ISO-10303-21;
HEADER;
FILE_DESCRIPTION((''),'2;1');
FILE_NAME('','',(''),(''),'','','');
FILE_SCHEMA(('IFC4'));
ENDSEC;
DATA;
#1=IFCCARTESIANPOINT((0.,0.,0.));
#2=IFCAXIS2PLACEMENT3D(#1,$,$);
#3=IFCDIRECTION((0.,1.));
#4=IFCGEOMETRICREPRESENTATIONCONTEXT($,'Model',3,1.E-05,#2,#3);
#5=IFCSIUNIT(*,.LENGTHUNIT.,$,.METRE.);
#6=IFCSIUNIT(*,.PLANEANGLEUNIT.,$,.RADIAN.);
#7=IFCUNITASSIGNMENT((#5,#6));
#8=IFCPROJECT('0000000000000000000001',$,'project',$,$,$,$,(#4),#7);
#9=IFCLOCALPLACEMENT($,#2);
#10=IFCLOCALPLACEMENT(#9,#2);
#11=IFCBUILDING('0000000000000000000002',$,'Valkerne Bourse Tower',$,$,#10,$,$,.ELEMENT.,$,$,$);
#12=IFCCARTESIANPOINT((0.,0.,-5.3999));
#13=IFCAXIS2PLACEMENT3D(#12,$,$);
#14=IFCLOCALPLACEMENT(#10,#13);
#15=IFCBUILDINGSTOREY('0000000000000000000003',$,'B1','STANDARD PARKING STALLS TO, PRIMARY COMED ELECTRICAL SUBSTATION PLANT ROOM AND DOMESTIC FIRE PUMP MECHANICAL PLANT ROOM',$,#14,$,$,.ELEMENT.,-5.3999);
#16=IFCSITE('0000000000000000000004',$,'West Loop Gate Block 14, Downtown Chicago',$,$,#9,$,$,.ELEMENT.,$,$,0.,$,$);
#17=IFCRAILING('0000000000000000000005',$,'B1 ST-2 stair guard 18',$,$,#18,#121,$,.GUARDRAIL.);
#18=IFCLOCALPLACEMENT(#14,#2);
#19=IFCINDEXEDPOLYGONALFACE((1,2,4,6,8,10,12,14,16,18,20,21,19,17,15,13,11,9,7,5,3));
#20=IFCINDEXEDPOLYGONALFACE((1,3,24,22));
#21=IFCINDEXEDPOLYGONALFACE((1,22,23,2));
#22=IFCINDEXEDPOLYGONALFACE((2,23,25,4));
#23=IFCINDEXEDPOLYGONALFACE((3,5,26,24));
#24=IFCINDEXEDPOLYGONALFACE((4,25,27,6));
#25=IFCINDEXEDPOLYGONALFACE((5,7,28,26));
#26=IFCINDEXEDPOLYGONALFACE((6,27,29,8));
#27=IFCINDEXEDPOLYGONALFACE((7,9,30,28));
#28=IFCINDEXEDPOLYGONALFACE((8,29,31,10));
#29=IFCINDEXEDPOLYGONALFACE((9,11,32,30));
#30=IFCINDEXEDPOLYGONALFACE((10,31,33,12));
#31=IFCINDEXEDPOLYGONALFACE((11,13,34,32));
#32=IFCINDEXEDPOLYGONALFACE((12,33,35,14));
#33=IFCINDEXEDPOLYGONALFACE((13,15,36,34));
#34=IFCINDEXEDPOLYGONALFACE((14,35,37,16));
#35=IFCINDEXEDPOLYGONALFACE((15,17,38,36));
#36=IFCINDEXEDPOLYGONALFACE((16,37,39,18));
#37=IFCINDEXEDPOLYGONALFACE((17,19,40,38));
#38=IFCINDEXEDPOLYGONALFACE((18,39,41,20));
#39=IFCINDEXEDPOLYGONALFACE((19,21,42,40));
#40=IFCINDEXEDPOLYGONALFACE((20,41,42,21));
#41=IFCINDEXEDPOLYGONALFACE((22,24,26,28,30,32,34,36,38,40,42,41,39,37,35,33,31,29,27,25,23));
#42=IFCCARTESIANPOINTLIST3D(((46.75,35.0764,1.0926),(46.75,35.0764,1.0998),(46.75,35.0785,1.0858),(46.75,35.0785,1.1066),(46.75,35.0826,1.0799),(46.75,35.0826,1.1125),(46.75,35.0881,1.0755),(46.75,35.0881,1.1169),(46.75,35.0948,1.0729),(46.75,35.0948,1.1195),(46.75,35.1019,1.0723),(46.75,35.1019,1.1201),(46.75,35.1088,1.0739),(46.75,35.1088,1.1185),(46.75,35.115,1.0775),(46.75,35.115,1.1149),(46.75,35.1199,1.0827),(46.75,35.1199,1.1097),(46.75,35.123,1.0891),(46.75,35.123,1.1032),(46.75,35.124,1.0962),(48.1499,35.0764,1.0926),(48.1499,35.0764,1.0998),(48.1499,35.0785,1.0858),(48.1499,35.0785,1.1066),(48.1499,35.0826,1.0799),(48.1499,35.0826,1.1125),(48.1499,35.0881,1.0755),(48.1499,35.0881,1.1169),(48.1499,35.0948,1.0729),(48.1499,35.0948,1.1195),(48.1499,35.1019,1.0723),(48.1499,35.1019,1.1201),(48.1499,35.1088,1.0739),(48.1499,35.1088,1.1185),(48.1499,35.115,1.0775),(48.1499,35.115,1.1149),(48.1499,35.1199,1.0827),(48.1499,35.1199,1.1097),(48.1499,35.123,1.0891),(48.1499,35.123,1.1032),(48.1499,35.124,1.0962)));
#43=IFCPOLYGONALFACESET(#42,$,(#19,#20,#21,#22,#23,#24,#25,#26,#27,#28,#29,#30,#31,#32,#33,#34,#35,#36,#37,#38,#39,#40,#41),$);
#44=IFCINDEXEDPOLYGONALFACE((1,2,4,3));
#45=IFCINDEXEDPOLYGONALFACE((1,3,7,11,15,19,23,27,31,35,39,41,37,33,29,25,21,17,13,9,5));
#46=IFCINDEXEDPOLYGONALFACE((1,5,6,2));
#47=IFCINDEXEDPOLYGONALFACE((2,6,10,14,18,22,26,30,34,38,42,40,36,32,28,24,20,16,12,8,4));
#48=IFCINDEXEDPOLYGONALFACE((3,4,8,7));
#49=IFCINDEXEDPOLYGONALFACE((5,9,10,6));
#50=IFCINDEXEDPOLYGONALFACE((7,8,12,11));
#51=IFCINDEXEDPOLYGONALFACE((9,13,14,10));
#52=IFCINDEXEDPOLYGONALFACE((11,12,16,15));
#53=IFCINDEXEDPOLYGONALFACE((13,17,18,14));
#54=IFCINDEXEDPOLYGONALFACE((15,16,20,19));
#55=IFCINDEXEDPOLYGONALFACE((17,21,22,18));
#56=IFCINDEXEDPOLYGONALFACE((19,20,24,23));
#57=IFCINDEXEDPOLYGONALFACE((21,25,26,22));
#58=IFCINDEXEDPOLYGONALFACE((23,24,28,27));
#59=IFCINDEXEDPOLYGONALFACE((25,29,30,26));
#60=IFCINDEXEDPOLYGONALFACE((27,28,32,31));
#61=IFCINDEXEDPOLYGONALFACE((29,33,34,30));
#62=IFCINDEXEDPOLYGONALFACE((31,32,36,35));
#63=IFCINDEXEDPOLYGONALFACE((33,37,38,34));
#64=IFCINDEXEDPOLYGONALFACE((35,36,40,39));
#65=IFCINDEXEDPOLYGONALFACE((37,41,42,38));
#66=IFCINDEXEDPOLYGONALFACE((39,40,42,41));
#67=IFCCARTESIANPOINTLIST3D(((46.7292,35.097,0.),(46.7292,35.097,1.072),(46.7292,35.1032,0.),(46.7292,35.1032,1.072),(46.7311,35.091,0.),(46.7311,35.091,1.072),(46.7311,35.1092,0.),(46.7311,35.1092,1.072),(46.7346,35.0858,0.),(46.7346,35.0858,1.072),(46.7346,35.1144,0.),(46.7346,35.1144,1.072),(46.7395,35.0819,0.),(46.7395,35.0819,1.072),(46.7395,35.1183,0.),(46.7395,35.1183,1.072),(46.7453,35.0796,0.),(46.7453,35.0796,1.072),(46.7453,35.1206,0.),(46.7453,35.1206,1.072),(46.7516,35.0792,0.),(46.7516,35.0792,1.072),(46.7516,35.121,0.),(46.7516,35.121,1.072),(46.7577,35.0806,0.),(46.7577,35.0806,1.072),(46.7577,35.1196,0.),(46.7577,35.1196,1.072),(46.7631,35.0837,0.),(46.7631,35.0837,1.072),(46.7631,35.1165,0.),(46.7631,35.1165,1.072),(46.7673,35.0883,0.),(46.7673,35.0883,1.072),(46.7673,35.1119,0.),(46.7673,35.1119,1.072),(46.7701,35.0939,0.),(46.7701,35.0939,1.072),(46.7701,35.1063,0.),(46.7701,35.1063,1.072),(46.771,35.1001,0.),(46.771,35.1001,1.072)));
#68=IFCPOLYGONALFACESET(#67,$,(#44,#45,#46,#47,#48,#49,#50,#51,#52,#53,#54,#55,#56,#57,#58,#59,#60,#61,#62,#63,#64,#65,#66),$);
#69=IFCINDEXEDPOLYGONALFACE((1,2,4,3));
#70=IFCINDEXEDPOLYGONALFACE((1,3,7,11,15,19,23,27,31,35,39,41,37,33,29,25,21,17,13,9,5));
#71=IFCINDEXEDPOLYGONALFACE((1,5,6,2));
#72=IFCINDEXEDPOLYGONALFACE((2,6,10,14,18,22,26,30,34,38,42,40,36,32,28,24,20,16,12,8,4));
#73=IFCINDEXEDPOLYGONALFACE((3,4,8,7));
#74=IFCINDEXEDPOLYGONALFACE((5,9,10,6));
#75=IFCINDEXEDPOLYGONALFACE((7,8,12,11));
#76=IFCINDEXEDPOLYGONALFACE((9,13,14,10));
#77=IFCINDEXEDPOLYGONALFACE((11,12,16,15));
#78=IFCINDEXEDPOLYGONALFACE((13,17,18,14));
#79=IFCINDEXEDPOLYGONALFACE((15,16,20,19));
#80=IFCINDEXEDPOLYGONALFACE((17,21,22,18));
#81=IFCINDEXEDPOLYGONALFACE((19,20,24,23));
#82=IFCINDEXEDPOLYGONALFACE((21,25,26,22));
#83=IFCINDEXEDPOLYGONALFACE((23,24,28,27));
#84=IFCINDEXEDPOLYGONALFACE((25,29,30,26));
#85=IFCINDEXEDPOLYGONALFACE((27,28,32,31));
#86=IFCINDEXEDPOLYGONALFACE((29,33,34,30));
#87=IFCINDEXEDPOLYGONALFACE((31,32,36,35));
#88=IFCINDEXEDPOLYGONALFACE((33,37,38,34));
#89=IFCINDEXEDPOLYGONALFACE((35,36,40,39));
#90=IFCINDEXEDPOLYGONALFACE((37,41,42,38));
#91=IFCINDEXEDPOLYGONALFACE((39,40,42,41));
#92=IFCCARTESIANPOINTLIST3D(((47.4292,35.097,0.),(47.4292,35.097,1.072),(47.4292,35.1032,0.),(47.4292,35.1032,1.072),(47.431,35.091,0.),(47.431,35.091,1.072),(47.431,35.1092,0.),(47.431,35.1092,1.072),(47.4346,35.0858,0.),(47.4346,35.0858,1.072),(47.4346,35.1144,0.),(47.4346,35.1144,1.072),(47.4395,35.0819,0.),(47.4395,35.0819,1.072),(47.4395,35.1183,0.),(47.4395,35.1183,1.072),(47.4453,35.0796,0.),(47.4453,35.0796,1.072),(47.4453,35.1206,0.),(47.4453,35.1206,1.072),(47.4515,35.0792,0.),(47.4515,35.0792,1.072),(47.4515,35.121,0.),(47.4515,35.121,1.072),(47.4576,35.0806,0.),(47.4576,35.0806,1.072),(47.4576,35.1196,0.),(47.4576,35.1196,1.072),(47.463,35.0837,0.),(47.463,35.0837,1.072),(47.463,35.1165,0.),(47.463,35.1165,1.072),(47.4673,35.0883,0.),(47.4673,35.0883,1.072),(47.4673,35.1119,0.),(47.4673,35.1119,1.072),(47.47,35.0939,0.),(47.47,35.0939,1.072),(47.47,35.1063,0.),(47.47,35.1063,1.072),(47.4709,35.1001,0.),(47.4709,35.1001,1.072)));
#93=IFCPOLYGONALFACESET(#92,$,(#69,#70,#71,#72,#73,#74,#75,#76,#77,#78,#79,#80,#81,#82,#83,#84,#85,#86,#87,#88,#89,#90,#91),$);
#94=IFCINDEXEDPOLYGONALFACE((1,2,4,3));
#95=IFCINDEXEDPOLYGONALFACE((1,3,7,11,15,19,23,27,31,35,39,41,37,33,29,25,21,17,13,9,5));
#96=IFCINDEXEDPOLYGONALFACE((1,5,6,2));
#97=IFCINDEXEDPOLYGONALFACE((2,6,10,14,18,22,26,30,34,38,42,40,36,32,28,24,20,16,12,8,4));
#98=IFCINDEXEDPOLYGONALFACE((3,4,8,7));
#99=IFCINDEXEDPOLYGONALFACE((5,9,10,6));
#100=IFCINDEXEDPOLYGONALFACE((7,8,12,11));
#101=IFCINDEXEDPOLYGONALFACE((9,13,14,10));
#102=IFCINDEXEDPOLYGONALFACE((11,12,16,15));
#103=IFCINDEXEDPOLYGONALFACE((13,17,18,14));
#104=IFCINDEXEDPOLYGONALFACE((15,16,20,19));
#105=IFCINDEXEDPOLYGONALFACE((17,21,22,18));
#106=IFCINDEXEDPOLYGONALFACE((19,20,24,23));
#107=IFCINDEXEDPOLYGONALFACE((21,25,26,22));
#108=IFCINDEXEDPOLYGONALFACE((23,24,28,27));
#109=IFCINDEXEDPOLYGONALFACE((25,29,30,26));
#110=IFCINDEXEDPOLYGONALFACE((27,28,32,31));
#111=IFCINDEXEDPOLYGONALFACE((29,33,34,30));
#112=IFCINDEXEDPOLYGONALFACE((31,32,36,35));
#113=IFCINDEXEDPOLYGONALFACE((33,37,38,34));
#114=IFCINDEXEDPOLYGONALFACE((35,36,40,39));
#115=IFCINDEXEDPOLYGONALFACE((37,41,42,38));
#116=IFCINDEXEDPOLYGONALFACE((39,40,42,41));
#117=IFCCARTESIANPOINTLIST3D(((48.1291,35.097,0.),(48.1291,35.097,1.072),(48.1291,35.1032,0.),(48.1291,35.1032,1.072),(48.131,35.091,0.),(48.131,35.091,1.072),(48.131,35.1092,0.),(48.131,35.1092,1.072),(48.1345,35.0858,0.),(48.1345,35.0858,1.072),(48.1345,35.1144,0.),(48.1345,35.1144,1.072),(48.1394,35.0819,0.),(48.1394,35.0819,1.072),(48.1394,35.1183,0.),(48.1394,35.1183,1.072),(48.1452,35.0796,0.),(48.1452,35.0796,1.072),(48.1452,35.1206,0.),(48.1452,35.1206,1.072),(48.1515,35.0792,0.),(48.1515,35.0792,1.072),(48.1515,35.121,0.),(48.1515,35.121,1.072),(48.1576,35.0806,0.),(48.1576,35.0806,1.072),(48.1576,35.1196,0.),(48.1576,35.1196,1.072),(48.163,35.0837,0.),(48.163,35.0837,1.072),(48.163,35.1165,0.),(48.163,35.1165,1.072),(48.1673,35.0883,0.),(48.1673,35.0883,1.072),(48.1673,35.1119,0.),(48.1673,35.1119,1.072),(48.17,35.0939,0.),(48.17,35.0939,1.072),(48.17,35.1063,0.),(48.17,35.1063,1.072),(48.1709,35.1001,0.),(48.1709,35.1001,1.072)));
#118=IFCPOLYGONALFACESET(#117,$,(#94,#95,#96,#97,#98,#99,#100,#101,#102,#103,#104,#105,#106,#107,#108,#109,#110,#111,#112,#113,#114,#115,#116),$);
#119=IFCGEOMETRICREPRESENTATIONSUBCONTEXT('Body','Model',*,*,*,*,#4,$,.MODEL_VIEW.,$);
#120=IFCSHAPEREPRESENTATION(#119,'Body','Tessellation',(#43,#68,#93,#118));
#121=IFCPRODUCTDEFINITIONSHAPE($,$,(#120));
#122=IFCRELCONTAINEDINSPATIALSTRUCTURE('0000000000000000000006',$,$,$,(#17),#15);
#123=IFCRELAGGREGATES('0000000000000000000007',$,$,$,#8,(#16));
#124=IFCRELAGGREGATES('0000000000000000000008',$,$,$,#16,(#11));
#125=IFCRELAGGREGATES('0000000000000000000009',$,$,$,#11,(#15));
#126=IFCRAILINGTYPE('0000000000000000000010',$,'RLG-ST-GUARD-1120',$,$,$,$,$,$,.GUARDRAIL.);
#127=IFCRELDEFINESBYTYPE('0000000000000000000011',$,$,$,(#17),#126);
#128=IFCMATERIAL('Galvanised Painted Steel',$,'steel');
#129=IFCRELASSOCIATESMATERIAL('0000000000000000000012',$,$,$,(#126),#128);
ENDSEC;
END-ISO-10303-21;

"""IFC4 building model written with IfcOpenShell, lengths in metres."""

from ifc_helpers import new_model, si_unit, direction, frame, origin, origin_2d, place, context, subcontext, project, spatial, circle, extrude, material, type_object, element, save


model = new_model("IFC4")

# Units and contexts
model_context = context("Model", 3, precision=1e-05, world=origin(), true_north=direction((0.0, 1.0)))
body_context = subcontext(model_context, "Body", "Model", "MODEL_VIEW")
ifc_project = project(units=[si_unit("LENGTHUNIT", "METRE"), si_unit("PLANEANGLEUNIT", "RADIAN")], contexts=[model_context])

# Site, building, storey
site_placement = place(None, origin())
site = spatial("IfcSite", under=ifc_project, at=site_placement, Name="West Loop Gate Block 14, Downtown Chicago", CompositionType="ELEMENT", RefElevation=0.0)
building_placement = place(site_placement, origin())
building = spatial("IfcBuilding", under=site, at=building_placement, Name="Valkerne Bourse Tower", CompositionType="ELEMENT")
storey_placement = place(building_placement, frame((0.0, 0.0, -5.3999)))
storey = spatial("IfcBuildingStorey", under=building, at=storey_placement, Name="B1", Description="STANDARD PARKING STALLS TO, PRIMARY COMED ELECTRICAL SUBSTATION PLANT ROOM AND DOMESTIC FIRE PUMP MECHANICAL PLANT ROOM", CompositionType="ELEMENT", Elevation=-5.3999)

# Railing
ifc_material_1 = material(Name="Galvanised Painted Steel", Category="steel")
railing_type_1 = type_object("IfcRailingType", Name="RLG-ST-GUARD-1120", PredefinedType="GUARDRAIL", material=ifc_material_1)
railing_1_placement = place(storey_placement, frame((46.75, 35.1001, 0.0)))
element("IfcRailing", 1, at=railing_1_placement, inside=storey, type_object=railing_type_1, Name="B1 ST-2 stair guard 18", PredefinedType="GUARDRAIL", context=body_context, shape_type="SweptSolid", body=[
    extrude(circle(Radius=0.0239, at=origin_2d()), frame((0.0, 0.0, 1.0962), z_axis=(1.0, 0.0, 0.0), x_axis=(0.0, 1.0, 0.0)), (0.0, 0.0, 1.0), 1.3999),
    extrude(circle(Radius=0.021, at=origin_2d()), origin(), (0.0, 0.0, 1.0), 1.072),
    extrude(circle(Radius=0.021, at=origin_2d()), frame((0.7, 0.0, 0.0)), (0.0, 0.0, 1.0), 1.072),
    extrude(circle(Radius=0.021, at=origin_2d()), frame((1.3999, 0.0, 0.0)), (0.0, 0.0, 1.0), 1.072),
])

save(model, "model.ifc")
